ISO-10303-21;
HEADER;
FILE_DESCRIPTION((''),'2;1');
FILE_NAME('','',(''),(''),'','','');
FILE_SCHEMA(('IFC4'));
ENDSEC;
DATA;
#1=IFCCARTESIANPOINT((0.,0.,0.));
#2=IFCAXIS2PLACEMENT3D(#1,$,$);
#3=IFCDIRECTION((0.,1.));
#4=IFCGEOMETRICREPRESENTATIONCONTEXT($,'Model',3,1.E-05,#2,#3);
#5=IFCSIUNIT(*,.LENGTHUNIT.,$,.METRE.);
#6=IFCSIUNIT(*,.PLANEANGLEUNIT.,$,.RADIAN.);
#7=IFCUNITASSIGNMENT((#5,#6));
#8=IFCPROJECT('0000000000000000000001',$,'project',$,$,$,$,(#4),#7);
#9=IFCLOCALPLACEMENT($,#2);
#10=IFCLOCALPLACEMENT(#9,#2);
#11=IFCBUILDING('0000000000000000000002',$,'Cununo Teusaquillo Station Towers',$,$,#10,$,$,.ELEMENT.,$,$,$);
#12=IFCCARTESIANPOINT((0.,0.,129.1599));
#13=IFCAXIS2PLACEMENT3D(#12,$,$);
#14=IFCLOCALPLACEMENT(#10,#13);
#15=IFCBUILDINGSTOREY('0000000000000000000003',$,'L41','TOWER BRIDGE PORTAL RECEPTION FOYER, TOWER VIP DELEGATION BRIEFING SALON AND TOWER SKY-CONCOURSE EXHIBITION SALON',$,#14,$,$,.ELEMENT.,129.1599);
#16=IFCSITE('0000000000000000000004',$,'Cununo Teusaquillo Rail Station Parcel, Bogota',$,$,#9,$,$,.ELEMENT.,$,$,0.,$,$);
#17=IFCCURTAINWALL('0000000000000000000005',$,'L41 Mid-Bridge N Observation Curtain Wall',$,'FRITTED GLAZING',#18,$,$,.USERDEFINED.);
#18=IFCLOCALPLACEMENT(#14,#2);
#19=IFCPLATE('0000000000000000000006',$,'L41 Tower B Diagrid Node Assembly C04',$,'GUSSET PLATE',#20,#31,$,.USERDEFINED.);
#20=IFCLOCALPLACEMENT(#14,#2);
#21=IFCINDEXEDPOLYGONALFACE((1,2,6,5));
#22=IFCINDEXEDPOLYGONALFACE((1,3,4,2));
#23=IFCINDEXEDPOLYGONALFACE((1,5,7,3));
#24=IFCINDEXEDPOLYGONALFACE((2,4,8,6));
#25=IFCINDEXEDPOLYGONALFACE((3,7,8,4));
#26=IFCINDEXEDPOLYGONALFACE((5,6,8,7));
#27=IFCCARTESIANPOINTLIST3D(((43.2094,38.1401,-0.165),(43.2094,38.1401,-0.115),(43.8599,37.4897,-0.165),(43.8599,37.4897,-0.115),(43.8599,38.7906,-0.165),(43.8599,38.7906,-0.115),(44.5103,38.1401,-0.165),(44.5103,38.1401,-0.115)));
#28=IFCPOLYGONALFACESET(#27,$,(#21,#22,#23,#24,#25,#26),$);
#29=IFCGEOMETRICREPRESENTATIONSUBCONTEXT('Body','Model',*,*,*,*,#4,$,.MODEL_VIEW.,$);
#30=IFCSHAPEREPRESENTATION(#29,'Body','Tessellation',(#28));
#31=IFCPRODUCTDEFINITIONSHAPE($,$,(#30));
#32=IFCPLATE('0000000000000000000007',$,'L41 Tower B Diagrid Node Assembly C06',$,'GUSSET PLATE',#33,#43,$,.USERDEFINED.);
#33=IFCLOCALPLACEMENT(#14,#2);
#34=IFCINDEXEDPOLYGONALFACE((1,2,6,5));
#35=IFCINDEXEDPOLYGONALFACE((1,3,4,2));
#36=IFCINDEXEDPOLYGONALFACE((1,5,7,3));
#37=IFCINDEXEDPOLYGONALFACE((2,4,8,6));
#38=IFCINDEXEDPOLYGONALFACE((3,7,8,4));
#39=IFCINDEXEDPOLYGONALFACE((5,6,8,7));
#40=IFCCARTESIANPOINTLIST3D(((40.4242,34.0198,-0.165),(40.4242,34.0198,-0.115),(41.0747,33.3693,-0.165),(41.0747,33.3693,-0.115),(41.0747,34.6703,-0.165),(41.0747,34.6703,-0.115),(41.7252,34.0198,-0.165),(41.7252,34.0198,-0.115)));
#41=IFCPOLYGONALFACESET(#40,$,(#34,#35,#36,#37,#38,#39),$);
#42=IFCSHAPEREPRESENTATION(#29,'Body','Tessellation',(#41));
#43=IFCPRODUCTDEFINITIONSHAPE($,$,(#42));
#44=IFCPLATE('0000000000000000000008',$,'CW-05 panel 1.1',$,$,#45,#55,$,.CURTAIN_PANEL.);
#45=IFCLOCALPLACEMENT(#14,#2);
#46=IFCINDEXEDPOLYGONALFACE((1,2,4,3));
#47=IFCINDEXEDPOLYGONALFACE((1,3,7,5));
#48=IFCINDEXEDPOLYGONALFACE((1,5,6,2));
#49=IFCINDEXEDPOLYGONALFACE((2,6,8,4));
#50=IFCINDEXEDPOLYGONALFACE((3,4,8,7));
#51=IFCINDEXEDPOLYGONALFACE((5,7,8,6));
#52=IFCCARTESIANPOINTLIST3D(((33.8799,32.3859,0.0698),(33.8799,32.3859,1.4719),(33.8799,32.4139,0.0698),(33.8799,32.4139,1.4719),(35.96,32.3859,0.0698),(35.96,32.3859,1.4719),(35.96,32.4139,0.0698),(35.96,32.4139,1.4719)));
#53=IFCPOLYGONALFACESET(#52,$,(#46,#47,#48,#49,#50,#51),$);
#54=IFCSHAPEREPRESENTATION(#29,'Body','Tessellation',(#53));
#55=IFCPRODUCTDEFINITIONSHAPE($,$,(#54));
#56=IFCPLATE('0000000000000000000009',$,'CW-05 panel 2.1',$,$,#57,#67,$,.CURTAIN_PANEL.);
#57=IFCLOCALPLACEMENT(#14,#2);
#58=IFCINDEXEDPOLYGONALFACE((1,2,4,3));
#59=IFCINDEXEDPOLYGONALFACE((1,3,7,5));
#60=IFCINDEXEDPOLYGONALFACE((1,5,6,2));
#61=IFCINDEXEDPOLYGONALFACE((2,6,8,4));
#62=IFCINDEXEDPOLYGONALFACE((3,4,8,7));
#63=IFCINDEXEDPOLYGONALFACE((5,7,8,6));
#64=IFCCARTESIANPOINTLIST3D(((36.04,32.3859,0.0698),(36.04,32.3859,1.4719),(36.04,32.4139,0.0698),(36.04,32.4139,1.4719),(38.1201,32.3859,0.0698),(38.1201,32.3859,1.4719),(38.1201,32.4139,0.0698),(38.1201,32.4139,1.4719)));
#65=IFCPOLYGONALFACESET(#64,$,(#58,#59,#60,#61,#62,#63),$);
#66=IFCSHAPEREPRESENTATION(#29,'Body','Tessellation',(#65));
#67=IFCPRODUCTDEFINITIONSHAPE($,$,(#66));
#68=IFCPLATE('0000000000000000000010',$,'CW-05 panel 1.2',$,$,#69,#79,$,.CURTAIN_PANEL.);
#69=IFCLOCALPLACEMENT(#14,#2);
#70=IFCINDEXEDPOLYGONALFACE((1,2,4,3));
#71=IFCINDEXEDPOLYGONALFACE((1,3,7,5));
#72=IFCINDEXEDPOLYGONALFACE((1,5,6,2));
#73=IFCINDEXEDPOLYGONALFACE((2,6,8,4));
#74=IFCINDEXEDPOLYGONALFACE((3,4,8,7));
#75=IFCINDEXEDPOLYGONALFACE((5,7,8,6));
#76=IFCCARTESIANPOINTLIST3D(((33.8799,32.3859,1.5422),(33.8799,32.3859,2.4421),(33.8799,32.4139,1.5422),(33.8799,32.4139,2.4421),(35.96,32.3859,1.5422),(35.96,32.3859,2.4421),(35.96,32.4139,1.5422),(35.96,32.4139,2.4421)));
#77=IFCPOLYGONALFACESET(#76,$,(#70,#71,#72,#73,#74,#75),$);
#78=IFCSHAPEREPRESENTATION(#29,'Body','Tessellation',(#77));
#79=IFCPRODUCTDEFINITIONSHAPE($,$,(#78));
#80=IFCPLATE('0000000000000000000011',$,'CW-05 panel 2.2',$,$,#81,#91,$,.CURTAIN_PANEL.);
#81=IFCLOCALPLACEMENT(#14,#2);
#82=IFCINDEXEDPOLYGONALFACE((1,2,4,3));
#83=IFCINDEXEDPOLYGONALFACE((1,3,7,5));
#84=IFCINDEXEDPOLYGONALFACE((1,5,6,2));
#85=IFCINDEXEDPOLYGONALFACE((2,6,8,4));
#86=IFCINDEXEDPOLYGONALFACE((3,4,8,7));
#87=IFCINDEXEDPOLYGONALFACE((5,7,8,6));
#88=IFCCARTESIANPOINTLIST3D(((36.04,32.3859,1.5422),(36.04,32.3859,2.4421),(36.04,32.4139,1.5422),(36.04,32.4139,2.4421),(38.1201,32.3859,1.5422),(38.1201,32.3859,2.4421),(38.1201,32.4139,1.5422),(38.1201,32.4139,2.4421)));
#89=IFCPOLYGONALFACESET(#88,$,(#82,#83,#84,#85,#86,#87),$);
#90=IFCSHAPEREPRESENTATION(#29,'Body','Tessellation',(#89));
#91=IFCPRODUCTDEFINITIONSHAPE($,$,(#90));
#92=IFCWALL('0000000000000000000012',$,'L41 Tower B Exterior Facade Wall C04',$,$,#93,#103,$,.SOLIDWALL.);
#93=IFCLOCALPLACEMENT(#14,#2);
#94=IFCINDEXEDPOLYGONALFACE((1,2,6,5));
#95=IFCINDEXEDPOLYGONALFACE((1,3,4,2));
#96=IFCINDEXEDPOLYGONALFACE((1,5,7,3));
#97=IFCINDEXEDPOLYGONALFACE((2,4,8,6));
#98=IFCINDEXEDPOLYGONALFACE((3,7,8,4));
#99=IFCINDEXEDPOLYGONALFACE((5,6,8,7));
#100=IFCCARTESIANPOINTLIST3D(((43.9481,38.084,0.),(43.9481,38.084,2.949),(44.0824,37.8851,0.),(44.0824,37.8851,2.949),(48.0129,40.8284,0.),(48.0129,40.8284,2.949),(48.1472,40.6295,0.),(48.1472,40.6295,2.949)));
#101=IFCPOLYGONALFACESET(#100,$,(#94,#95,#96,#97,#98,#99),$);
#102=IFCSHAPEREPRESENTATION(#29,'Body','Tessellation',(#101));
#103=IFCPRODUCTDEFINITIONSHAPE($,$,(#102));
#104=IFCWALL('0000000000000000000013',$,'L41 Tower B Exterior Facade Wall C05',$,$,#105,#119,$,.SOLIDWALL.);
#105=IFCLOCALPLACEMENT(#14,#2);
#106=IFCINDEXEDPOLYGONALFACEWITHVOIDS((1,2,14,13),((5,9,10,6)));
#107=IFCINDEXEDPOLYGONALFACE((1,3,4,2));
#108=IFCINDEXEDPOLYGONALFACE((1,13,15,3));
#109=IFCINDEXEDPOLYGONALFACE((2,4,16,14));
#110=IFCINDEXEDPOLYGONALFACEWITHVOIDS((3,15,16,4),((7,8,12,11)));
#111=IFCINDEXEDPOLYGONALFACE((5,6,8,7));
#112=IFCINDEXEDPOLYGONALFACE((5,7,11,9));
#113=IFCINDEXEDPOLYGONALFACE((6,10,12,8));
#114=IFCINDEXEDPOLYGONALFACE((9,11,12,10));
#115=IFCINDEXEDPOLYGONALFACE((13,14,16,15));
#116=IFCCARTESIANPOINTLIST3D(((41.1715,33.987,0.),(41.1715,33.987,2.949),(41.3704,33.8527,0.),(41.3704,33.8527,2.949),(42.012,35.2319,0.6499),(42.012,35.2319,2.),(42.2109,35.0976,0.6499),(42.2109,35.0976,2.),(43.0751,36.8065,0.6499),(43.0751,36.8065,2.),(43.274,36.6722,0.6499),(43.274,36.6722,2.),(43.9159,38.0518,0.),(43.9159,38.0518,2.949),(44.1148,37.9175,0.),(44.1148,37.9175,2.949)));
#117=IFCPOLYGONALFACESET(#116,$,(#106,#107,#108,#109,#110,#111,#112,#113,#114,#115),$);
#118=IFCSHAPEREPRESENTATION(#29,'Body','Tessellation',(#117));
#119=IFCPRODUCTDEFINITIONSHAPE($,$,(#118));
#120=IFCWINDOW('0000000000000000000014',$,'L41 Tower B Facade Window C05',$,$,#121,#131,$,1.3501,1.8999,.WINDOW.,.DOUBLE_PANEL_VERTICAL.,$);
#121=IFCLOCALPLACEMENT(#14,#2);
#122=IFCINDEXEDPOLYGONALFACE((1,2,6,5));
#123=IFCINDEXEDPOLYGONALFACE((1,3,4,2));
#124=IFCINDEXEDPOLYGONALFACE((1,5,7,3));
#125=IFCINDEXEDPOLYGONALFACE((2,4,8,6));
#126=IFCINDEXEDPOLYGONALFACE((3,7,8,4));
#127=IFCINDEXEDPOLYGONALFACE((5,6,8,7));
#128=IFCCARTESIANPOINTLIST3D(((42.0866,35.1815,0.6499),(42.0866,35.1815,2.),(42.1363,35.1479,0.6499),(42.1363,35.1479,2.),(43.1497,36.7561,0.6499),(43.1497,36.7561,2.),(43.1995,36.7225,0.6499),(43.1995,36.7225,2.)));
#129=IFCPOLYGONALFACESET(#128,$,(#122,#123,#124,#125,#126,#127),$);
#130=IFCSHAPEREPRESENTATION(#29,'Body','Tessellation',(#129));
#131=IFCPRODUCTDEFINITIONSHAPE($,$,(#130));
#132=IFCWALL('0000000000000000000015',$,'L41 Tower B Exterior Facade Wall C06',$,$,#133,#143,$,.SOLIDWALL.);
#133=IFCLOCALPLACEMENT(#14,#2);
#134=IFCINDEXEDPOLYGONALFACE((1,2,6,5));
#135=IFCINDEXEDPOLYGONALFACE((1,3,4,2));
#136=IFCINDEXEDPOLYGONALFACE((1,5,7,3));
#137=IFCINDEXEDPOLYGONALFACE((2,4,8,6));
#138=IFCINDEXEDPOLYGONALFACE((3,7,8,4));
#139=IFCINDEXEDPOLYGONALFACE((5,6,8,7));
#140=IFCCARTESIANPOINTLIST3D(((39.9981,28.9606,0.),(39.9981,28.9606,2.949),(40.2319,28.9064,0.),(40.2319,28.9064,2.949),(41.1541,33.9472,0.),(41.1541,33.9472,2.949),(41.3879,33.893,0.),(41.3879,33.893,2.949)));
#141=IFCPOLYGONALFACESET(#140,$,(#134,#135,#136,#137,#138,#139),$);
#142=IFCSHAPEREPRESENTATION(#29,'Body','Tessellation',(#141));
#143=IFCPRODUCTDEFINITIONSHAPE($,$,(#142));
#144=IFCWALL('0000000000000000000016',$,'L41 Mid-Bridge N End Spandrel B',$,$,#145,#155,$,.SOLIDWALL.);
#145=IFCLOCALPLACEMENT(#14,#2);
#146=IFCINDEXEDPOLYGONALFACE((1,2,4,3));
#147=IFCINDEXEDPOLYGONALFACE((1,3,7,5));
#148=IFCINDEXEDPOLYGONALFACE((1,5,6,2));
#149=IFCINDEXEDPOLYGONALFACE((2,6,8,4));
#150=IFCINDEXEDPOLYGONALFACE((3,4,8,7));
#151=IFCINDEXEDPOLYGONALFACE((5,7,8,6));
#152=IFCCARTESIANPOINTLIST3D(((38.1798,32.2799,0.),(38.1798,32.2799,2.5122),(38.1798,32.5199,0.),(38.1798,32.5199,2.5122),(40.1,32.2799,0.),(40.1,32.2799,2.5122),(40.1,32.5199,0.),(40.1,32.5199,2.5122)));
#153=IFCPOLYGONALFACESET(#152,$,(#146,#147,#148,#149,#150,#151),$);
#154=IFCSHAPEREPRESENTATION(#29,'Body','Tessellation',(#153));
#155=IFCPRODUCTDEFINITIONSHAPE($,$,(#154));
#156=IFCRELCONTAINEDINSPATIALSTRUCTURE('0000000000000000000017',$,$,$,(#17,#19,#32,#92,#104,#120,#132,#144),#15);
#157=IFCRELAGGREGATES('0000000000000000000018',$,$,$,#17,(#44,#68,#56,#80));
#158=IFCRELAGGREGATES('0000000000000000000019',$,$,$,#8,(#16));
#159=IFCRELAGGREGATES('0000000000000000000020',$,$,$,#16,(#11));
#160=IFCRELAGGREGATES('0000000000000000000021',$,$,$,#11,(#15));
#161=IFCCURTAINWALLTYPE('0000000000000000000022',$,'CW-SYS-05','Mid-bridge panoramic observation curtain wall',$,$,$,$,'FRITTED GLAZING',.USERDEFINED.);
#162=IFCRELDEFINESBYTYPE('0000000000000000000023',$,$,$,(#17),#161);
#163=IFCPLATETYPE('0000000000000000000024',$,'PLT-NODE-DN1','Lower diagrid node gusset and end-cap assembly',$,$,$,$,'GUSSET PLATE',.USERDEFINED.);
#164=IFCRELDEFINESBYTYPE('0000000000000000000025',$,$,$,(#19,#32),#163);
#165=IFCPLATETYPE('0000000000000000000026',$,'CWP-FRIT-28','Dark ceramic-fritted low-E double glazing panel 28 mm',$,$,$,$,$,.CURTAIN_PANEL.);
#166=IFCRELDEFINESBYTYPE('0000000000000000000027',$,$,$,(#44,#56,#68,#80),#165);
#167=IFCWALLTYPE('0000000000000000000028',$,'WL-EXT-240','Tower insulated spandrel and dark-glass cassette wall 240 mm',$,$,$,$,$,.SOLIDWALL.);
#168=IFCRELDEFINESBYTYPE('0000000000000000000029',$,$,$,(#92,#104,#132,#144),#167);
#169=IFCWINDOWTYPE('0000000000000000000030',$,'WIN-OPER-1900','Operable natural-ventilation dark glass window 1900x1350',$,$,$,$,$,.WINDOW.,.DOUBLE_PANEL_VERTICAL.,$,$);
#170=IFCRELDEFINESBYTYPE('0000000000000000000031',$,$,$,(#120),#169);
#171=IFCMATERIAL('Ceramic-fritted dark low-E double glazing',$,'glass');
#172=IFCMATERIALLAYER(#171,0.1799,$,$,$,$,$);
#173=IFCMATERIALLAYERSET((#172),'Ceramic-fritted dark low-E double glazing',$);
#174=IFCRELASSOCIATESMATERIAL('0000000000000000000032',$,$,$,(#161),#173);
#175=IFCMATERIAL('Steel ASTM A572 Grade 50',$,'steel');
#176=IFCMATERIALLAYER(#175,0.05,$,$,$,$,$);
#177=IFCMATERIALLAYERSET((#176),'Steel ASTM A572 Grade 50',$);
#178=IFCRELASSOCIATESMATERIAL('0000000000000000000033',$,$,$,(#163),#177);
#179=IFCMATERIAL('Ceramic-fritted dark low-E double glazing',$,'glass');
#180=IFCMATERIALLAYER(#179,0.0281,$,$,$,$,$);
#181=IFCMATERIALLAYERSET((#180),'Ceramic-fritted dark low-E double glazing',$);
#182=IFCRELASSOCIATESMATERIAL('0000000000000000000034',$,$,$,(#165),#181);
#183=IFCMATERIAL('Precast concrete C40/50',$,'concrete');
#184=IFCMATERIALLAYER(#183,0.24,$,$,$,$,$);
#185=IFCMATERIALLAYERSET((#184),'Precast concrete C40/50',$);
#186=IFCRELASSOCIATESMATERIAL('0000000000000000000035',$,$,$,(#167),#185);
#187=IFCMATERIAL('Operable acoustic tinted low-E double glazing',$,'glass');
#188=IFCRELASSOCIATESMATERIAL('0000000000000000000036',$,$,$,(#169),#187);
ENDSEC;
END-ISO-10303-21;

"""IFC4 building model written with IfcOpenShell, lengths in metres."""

from ifc_helpers import new_model, si_unit, direction, frame, frame_2d, origin, origin_2d, place, context, subcontext, project, spatial, rectangle, extrude, source, transform, mapped, material, layer, layer_set, type_object, element, fill, aggregate, save


model = new_model("IFC4")

# Units and contexts
model_context = context("Model", 3, precision=1e-05, world=origin(), true_north=direction((0.0, 1.0)))
body_context = subcontext(model_context, "Body", "Model", "MODEL_VIEW")
ifc_project = project(units=[si_unit("LENGTHUNIT", "METRE"), si_unit("PLANEANGLEUNIT", "RADIAN")], contexts=[model_context])

# Site, building, storey
site_placement = place(None, origin())
site = spatial("IfcSite", under=ifc_project, at=site_placement, Name="Cununo Teusaquillo Rail Station Parcel, Bogota", CompositionType="ELEMENT", RefElevation=0.0)
building_placement = place(site_placement, origin())
building = spatial("IfcBuilding", under=site, at=building_placement, Name="Cununo Teusaquillo Station Towers", CompositionType="ELEMENT")
storey_placement = place(building_placement, frame((0.0, 0.0, 129.1599)))
storey = spatial("IfcBuildingStorey", under=building, at=storey_placement, Name="L41", Description="TOWER BRIDGE PORTAL RECEPTION FOYER, TOWER VIP DELEGATION BRIEFING SALON AND TOWER SKY-CONCOURSE EXHIBITION SALON", CompositionType="ELEMENT", Elevation=129.1599)

# Curtain wall
ifc_material_1 = material(Name="Ceramic-fritted dark low-E double glazing", Category="glass")
ifc_layer_1 = layer(ifc_material_1, 0.1799)
ifc_layer_set_1 = layer_set([ifc_layer_1], Name="Ceramic-fritted dark low-E double glazing")
curtain_wall_type = type_object("IfcCurtainWallType", Name="CW-SYS-05", Description="Mid-bridge panoramic observation curtain wall", ElementType="FRITTED GLAZING", PredefinedType="USERDEFINED", material=ifc_layer_set_1)
curtain_wall_placement = place(storey_placement, origin())
curtain_wall = element("IfcCurtainWall", 1, at=curtain_wall_placement, inside=storey, type_object=curtain_wall_type, Name="L41 Mid-Bridge N Observation Curtain Wall", ObjectType="FRITTED GLAZING", PredefinedType="USERDEFINED")

# Plates
ifc_material_2 = material(Name="Steel ASTM A572 Grade 50", Category="steel")
ifc_layer_2 = layer(ifc_material_2, 0.05)
ifc_layer_set_2 = layer_set([ifc_layer_2], Name="Steel ASTM A572 Grade 50")
plate_type_1 = type_object("IfcPlateType", Name="PLT-NODE-DN1", Description="Lower diagrid node gusset and end-cap assembly", ElementType="GUSSET PLATE", PredefinedType="USERDEFINED", material=ifc_layer_set_2)
shared_shape_1 = source(origin(), body_context, "Body", "SweptSolid", [
    extrude(rectangle(XDim=0.9199, YDim=0.9199, at=origin_2d()), origin(), (0.0, 0.0, 1.0), 0.05),
])
for number, where, z_axis, x_axis, name in (
    (2, (43.8599, 38.1401, -0.165), (0.0, 0.0, 1.0), (0.707107, 0.707107, 0.0), "L41 Tower B Diagrid Node Assembly C04"),
    (3, (41.0747, 34.0198, -0.165), (0.0, 0.0, 1.0), (0.707107, 0.707107, 0.0), "L41 Tower B Diagrid Node Assembly C06"),
):
    element("IfcPlate", number, at=place(storey_placement, frame(where, z_axis=z_axis, x_axis=x_axis)), inside=storey, type_object=plate_type_1, Name=name, ObjectType="GUSSET PLATE", PredefinedType="USERDEFINED", context=body_context, shape_type="MappedRepresentation", body=[
        mapped(shared_shape_1, transform((0.0, 0.0, 0.0), x_axis=(1.0, 0.0, 0.0), y_axis=(0.0, 1.0, 0.0), z_axis=(0.0, 0.0, 1.0), scale=1.0)),
    ])

# Plates
ifc_material_3 = material(Name="Ceramic-fritted dark low-E double glazing", Category="glass")
ifc_layer_3 = layer(ifc_material_3, 0.0281)
ifc_layer_set_3 = layer_set([ifc_layer_3], Name="Ceramic-fritted dark low-E double glazing")
plate_type_2 = type_object("IfcPlateType", Name="CWP-FRIT-28", Description="Dark ceramic-fritted low-E double glazing panel 28 mm", PredefinedType="CURTAIN_PANEL", material=ifc_layer_set_3)
shared_shape_2 = source(origin(), body_context, "Body", "SweptSolid", [
    extrude(rectangle(XDim=2.0801, YDim=0.0281, at=origin_2d()), origin(), (0.0, 0.0, 1.0), 1.4021),
])
plate_1_placement = place(storey_placement, frame((34.9199, 32.3999, 0.0698), z_axis=(0.0, 0.0, 1.0), x_axis=(1.0, 0.0, 0.0)))
plate_1 = element("IfcPlate", 4, at=plate_1_placement, type_object=plate_type_2, Name="CW-05 panel 1.1", PredefinedType="CURTAIN_PANEL", context=body_context, shape_type="MappedRepresentation", body=[
    mapped(shared_shape_2, transform((0.0, 0.0, 0.0), x_axis=(1.0, 0.0, 0.0), y_axis=(0.0, 1.0, 0.0), z_axis=(0.0, 0.0, 1.0), scale=1.0)),
])
plate_2_placement = place(storey_placement, frame((37.0801, 32.3999, 0.0698), z_axis=(0.0, 0.0, 1.0), x_axis=(1.0, 0.0, 0.0)))
plate_2 = element("IfcPlate", 5, at=plate_2_placement, type_object=plate_type_2, Name="CW-05 panel 2.1", PredefinedType="CURTAIN_PANEL", context=body_context, shape_type="MappedRepresentation", body=[
    mapped(shared_shape_2, transform((0.0, 0.0, 0.0), x_axis=(1.0, 0.0, 0.0), y_axis=(0.0, 1.0, 0.0), z_axis=(0.0, 0.0, 1.0), scale=1.0)),
])
shared_shape_3 = source(origin(), body_context, "Body", "SweptSolid", [
    extrude(rectangle(XDim=2.0801, YDim=0.0281, at=origin_2d()), origin(), (0.0, 0.0, 1.0), 0.8999),
])
plate_3_placement = place(storey_placement, frame((34.9199, 32.3999, 1.5422), z_axis=(0.0, 0.0, 1.0), x_axis=(1.0, 0.0, 0.0)))
plate_3 = element("IfcPlate", 6, at=plate_3_placement, type_object=plate_type_2, Name="CW-05 panel 1.2", PredefinedType="CURTAIN_PANEL", context=body_context, shape_type="MappedRepresentation", body=[
    mapped(shared_shape_3, transform((0.0, 0.0, 0.0), x_axis=(1.0, 0.0, 0.0), y_axis=(0.0, 1.0, 0.0), z_axis=(0.0, 0.0, 1.0), scale=1.0)),
])
plate_4_placement = place(storey_placement, frame((37.0801, 32.3999, 1.5422), z_axis=(0.0, 0.0, 1.0), x_axis=(1.0, 0.0, 0.0)))
plate_4 = element("IfcPlate", 7, at=plate_4_placement, type_object=plate_type_2, Name="CW-05 panel 2.2", PredefinedType="CURTAIN_PANEL", context=body_context, shape_type="MappedRepresentation", body=[
    mapped(shared_shape_3, transform((0.0, 0.0, 0.0), x_axis=(1.0, 0.0, 0.0), y_axis=(0.0, 1.0, 0.0), z_axis=(0.0, 0.0, 1.0), scale=1.0)),
])
aggregate(curtain_wall, [plate_1, plate_3, plate_2, plate_4])

# Wall
ifc_material_4 = material(Name="Precast concrete C40/50", Category="concrete")
ifc_layer_4 = layer(ifc_material_4, 0.24)
ifc_layer_set_4 = layer_set([ifc_layer_4], Name="Precast concrete C40/50")
wall_type_1 = type_object("IfcWallType", Name="WL-EXT-240", Description="Tower insulated spandrel and dark-glass cassette wall 240 mm", PredefinedType="SOLIDWALL", material=ifc_layer_set_4)
wall_1_placement = place(storey_placement, frame((44.0154, 37.9846, 0.0), z_axis=(0.0, 0.0, 1.0), x_axis=(0.828781, 0.559573, 0.0)))
element("IfcWall", 8, at=wall_1_placement, inside=storey, type_object=wall_type_1, Name="L41 Tower B Exterior Facade Wall C04", PredefinedType="SOLIDWALL", context=body_context, shape_type="SweptSolid", body=[
    extrude(rectangle(XDim=4.9045, YDim=0.24, at=frame_2d((2.4521, 0.0))), origin(), (0.0, 0.0, 1.0), 2.949),
])

# Wall, opening, window
wall_2_placement = place(storey_placement, frame((41.271, 33.9199, 0.0), z_axis=(0.0, 0.0, 1.0), x_axis=(0.559573, 0.828781, 0.0)))
wall_2 = element("IfcWall", 9, at=wall_2_placement, inside=storey, type_object=wall_type_1, Name="L41 Tower B Exterior Facade Wall C05", PredefinedType="SOLIDWALL", context=body_context, shape_type="SweptSolid", body=[
    extrude(rectangle(XDim=4.9045, YDim=0.24, at=frame_2d((2.4521, 0.0))), origin(), (0.0, 0.0, 1.0), 2.949),
])
shared_shape_4 = source(origin(), body_context, "Body", "SweptSolid", [
    extrude(rectangle(XDim=1.8999, YDim=1.3501, at=frame_2d((0.95, 0.675))), frame((0.0, 0.1299, 0.0), z_axis=(0.0, -1.0, 0.0), x_axis=(1.0, 0.0, 0.0)), (0.0, 0.0, 1.0), 0.26),
])
opening_1_placement = place(wall_2_placement, frame((1.502, 0.0, 0.6499)))
opening_1 = element("IfcOpeningElement", 10, at=opening_1_placement, cuts=wall_2, PredefinedType="OPENING", context=body_context, shape_type="MappedRepresentation", body=[
    mapped(shared_shape_4, transform((0.0, 0.0, 0.0), x_axis=(1.0, 0.0, 0.0), y_axis=(0.0, 1.0, 0.0), z_axis=(0.0, 0.0, 1.0), scale=1.0)),
])
ifc_material_5 = material(Name="Operable acoustic tinted low-E double glazing", Category="glass")
window_type = type_object("IfcWindowType", Name="WIN-OPER-1900", Description="Operable natural-ventilation dark glass window 1900x1350", PartitioningType="DOUBLE_PANEL_VERTICAL", PredefinedType="WINDOW", material=ifc_material_5)
shared_shape_5 = source(origin(), body_context, "Body", "SweptSolid", [
    extrude(rectangle(XDim=1.8999, YDim=1.3501, at=frame_2d((0.95, 0.675))), frame((0.0, 0.03, 0.0), z_axis=(0.0, -1.0, 0.0), x_axis=(1.0, 0.0, 0.0)), (0.0, 0.0, 1.0), 0.0601),
])
window_placement = place(opening_1_placement, origin())
window = element("IfcWindow", 11, at=window_placement, inside=storey, type_object=window_type, Name="L41 Tower B Facade Window C05", OverallHeight=1.3501, OverallWidth=1.8999, PartitioningType="DOUBLE_PANEL_VERTICAL", PredefinedType="WINDOW", context=body_context, shape_type="MappedRepresentation", body=[
    mapped(shared_shape_5, transform((0.0, 0.0, 0.0), x_axis=(1.0, 0.0, 0.0), y_axis=(0.0, 1.0, 0.0), z_axis=(0.0, 0.0, 1.0), scale=1.0)),
])
fill(opening_1, window)

# Walls
wall_3_placement = place(storey_placement, frame((40.115, 28.9333, 0.0), z_axis=(0.0, 0.0, 1.0), x_axis=(0.225835, 0.974166, 0.0)))
element("IfcWall", 12, at=wall_3_placement, inside=storey, type_object=wall_type_1, Name="L41 Tower B Exterior Facade Wall C06", PredefinedType="SOLIDWALL", context=body_context, shape_type="SweptSolid", body=[
    extrude(rectangle(XDim=5.1189, YDim=0.24, at=frame_2d((2.5596, 0.0))), origin(), (0.0, 0.0, 1.0), 2.949),
])
wall_4_placement = place(storey_placement, frame((38.1799, 32.3999, 0.0), z_axis=(0.0, 0.0, 1.0), x_axis=(1.0, 0.0, 0.0)))
element("IfcWall", 13, at=wall_4_placement, inside=storey, type_object=wall_type_1, Name="L41 Mid-Bridge N End Spandrel B", PredefinedType="SOLIDWALL", context=body_context, shape_type="SweptSolid", body=[
    extrude(rectangle(XDim=1.9202, YDim=0.24, at=frame_2d((0.96, 0.0))), origin(), (0.0, 0.0, 1.0), 2.5122),
])

save(model, "model.ifc")
